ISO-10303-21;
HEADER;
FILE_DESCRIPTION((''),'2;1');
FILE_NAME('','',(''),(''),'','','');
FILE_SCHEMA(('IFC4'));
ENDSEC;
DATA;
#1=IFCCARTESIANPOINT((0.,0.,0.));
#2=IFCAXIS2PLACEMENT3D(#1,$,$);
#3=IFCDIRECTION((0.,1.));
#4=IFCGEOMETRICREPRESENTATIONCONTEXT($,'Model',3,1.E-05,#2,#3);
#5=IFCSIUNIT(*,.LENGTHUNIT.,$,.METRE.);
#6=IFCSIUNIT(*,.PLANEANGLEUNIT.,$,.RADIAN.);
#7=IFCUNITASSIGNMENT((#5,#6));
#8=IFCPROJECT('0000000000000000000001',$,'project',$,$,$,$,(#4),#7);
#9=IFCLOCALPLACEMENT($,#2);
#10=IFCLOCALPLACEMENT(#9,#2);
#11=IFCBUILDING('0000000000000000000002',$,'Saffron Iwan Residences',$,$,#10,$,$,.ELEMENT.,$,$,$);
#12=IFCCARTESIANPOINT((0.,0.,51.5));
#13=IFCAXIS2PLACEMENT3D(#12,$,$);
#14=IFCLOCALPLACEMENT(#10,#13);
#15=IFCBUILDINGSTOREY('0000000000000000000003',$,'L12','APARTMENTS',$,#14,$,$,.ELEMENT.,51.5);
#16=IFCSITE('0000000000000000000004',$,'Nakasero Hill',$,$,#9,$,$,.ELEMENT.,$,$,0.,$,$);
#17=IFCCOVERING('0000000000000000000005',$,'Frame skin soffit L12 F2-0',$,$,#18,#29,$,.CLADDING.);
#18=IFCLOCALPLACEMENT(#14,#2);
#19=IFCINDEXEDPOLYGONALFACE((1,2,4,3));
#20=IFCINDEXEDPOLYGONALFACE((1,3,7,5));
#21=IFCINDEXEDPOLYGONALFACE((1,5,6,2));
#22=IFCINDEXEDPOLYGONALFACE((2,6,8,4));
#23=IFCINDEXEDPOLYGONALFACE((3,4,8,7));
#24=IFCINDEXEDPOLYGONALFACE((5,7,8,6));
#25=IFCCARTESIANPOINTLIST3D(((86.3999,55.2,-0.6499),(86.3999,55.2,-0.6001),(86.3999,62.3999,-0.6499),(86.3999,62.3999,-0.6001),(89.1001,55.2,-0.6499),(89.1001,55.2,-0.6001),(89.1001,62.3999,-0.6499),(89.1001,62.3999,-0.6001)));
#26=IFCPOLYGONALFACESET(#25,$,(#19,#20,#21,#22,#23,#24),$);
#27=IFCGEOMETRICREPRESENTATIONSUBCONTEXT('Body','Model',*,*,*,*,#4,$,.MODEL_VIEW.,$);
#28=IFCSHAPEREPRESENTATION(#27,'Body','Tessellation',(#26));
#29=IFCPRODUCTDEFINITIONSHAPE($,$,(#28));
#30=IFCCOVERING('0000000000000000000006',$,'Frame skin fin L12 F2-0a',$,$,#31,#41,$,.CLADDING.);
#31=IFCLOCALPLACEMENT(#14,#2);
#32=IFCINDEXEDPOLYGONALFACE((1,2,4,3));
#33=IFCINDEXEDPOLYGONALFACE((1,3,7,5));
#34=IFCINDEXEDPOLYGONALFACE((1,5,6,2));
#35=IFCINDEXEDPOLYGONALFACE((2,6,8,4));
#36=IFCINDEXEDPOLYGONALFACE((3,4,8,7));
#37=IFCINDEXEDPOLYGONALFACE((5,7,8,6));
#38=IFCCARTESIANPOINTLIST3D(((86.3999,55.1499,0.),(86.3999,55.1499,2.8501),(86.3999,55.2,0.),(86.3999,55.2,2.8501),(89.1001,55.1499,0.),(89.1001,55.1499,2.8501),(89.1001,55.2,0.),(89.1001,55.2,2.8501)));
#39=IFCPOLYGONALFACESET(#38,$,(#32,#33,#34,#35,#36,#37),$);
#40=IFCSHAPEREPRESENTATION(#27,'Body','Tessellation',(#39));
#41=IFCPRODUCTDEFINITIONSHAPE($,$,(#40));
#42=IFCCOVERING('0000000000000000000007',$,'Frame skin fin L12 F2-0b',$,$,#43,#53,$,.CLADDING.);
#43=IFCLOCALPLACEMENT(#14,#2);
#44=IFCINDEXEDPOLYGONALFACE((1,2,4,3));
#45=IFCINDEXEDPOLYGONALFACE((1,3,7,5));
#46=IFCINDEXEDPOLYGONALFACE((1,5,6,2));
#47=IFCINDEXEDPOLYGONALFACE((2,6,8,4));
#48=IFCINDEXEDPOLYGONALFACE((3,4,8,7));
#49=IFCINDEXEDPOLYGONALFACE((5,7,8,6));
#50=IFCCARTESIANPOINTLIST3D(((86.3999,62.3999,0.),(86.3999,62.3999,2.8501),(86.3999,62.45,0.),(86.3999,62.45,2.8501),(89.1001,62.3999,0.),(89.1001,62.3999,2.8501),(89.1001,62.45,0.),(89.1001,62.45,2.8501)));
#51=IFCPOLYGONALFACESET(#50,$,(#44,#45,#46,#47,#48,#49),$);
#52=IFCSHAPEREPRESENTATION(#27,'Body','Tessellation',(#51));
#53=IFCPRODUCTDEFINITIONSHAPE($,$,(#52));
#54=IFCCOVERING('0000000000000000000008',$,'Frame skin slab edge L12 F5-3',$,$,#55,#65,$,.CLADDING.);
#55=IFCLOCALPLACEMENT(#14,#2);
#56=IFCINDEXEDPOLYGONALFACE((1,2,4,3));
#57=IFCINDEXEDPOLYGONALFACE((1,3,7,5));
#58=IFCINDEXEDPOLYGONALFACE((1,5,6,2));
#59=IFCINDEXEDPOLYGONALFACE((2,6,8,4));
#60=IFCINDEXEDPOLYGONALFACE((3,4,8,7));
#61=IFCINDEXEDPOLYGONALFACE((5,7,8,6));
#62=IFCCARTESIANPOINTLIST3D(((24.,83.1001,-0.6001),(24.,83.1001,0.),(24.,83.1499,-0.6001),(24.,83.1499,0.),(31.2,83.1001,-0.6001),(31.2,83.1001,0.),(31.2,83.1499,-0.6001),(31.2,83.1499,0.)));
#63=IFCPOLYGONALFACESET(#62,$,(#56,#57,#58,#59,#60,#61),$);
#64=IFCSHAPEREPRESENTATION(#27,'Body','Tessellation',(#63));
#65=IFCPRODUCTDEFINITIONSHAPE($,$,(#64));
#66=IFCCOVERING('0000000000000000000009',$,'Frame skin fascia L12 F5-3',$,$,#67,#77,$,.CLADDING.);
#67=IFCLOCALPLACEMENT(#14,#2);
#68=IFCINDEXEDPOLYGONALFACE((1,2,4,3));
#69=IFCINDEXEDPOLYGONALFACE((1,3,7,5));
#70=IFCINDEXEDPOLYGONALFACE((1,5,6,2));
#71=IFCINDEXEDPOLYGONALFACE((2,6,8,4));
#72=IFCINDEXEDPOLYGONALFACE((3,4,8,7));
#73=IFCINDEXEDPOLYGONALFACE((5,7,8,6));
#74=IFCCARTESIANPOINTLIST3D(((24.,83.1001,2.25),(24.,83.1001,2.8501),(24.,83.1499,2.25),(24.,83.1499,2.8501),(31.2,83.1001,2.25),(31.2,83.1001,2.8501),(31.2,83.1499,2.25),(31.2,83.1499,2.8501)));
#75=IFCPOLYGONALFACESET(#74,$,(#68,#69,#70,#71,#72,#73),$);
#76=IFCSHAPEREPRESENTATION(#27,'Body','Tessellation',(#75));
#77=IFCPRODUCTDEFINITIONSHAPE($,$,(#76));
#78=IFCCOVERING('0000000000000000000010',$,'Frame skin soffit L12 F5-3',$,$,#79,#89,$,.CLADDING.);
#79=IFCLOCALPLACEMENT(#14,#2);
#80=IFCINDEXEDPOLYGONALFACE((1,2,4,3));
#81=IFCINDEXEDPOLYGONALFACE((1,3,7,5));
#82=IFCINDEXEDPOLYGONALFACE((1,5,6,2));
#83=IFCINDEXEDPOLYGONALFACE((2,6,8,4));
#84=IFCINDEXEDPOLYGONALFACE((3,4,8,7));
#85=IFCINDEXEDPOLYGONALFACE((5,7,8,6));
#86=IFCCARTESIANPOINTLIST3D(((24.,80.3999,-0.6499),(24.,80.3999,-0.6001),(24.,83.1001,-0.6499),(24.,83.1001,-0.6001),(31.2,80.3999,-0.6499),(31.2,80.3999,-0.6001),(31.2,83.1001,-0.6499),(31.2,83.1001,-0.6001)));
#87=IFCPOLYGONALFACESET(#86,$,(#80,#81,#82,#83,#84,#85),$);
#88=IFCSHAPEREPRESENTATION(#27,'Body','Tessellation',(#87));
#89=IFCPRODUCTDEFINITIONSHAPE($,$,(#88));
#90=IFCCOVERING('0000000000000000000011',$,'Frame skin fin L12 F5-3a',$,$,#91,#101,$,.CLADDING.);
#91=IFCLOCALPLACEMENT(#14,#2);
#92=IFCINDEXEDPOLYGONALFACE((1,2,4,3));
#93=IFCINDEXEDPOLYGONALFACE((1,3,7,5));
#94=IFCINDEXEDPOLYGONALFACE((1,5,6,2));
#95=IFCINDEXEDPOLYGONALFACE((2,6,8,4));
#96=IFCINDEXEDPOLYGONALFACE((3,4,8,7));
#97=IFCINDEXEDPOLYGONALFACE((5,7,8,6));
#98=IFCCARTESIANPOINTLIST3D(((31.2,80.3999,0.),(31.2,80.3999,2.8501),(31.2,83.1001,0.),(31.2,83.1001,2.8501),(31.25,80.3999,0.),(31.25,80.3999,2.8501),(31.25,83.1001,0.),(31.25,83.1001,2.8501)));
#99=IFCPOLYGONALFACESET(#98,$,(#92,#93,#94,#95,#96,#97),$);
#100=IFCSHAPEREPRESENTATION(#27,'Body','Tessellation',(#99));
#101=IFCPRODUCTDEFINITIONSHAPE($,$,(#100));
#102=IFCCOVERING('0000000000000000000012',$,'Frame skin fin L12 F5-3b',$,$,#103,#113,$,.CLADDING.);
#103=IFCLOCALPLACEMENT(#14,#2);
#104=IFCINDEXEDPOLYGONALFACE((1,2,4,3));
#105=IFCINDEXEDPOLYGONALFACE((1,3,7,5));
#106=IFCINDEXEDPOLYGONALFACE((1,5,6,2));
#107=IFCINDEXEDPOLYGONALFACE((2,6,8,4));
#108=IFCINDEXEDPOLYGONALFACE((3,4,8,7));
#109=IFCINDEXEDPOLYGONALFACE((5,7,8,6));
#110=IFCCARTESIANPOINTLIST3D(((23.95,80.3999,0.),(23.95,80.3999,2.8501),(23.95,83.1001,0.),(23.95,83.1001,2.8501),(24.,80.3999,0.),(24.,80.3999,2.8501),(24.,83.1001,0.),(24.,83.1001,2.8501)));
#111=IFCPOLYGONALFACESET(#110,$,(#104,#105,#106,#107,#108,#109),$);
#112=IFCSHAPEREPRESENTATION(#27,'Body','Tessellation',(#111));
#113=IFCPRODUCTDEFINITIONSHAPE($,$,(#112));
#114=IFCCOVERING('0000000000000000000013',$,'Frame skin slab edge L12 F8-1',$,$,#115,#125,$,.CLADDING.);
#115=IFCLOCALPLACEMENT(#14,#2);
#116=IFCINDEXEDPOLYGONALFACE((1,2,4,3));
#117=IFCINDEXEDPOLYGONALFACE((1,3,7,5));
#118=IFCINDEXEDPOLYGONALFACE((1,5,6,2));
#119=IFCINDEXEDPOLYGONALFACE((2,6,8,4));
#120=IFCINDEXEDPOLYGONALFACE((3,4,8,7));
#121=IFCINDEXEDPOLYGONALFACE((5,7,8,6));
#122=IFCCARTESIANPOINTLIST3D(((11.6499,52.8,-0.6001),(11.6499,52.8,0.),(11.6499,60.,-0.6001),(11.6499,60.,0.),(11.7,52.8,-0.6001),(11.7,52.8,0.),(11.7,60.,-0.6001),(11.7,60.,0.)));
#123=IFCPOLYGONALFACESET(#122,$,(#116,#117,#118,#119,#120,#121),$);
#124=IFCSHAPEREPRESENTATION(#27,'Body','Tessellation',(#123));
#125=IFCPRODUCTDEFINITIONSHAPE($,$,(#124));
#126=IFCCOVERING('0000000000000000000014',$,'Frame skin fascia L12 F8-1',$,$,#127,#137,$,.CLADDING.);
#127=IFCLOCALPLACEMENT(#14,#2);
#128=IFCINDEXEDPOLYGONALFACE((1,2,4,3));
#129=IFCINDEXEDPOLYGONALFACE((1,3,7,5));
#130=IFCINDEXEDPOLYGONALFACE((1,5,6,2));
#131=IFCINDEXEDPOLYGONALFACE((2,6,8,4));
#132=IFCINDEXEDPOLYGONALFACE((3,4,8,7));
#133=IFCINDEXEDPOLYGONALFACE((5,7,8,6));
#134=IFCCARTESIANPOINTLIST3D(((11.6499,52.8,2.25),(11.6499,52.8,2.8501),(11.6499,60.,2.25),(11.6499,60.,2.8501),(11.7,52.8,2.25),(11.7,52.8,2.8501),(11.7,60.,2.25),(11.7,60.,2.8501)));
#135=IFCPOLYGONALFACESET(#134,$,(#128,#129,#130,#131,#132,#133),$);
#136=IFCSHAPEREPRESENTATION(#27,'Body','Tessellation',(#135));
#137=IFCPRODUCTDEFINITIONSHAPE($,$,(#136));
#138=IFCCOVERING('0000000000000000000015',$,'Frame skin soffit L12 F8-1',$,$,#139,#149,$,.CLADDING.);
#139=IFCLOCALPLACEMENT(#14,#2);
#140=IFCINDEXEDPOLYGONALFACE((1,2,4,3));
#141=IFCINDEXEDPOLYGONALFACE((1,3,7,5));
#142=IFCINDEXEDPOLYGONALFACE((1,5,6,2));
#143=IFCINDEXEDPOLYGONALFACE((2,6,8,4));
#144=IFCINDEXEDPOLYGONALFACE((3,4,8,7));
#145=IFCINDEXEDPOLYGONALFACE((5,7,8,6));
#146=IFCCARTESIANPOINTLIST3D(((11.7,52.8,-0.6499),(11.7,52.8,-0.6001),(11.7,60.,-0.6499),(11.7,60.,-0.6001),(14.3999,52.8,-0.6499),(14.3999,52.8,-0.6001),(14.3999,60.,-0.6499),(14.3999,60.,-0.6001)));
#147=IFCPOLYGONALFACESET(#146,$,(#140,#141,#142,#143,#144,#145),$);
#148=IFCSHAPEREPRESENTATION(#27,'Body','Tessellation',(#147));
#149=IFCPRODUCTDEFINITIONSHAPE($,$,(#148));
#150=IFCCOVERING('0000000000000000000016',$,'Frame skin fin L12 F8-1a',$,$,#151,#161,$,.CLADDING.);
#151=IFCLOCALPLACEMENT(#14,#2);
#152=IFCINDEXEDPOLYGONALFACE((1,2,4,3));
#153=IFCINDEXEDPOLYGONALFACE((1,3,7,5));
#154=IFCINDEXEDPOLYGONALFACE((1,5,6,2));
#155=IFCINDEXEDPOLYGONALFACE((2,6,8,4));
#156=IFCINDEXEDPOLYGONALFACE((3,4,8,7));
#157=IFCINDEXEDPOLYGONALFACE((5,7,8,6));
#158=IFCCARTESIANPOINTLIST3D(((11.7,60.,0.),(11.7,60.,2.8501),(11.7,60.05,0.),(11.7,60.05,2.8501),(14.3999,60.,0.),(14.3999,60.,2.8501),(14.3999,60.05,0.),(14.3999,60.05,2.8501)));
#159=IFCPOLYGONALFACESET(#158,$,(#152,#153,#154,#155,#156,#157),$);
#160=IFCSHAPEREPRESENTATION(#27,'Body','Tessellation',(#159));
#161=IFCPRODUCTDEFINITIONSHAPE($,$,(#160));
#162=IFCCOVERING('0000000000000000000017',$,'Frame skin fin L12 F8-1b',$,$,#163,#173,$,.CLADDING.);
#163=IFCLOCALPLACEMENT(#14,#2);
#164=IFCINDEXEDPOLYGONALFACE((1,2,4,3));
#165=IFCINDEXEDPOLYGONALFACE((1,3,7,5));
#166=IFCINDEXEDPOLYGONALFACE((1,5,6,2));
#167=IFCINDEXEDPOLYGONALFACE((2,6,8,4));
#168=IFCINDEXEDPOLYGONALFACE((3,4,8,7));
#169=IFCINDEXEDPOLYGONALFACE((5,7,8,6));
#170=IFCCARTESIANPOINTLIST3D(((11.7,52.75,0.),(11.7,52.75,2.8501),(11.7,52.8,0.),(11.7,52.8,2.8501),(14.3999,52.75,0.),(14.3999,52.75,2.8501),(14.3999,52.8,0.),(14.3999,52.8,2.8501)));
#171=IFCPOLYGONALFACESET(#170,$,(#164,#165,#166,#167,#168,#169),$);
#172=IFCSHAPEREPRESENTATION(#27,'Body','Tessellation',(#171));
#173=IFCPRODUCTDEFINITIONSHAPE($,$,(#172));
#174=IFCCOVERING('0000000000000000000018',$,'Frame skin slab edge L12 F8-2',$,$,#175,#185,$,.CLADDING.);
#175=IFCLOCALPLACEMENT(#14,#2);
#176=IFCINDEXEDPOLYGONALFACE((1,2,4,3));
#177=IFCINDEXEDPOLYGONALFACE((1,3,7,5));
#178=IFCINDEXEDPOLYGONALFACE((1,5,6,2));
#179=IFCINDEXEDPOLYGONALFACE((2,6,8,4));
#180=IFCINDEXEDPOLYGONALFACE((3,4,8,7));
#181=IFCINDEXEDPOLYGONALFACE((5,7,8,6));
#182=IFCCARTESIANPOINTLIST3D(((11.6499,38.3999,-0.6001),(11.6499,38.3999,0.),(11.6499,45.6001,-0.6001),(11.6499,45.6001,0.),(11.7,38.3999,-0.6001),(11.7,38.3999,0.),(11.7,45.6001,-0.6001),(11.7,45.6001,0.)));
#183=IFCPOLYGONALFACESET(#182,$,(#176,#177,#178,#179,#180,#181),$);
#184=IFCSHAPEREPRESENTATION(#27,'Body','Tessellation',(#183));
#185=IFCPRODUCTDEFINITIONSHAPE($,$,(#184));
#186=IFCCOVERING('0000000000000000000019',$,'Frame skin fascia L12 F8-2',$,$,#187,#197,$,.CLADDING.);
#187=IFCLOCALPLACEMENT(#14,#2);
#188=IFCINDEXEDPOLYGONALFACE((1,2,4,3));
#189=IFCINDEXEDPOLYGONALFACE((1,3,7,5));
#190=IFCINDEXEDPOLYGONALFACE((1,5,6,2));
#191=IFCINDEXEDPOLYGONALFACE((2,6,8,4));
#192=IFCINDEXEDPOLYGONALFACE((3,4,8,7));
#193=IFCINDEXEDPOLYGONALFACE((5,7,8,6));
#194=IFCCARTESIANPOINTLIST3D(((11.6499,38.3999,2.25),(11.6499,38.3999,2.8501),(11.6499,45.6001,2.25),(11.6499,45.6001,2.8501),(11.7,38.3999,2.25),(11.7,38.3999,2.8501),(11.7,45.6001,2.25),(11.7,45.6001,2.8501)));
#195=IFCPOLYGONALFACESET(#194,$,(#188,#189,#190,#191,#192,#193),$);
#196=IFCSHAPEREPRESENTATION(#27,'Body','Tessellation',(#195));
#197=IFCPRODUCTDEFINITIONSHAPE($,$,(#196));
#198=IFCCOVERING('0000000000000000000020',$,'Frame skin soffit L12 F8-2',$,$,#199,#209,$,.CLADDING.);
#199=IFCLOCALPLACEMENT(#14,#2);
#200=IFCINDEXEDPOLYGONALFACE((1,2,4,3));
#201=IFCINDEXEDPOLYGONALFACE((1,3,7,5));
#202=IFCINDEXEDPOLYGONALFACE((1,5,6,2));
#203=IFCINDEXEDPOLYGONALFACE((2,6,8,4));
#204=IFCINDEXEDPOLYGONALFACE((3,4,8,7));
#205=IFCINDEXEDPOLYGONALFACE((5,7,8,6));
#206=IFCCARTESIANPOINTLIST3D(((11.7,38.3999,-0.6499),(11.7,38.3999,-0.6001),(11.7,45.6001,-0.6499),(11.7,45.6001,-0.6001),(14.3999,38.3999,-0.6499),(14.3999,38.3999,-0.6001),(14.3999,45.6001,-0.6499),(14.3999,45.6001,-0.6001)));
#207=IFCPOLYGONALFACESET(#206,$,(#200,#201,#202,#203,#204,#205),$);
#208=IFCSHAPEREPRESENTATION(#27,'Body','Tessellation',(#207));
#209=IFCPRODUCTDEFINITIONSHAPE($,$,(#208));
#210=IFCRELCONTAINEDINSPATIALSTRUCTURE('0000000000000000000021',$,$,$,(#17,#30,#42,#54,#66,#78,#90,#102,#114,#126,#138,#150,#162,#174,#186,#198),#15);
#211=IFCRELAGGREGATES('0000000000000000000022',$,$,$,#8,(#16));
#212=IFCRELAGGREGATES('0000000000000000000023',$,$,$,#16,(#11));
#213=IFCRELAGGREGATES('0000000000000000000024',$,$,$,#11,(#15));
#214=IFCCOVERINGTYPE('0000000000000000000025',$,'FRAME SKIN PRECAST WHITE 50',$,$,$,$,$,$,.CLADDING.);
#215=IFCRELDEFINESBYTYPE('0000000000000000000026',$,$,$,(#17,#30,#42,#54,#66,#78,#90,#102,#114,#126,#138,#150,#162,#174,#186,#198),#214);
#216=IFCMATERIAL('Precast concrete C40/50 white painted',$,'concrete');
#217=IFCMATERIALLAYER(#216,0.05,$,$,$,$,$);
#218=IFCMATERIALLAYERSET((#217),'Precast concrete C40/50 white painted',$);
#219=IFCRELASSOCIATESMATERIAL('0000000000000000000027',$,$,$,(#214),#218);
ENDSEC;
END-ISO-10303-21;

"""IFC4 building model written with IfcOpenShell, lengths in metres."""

from ifc_helpers import new_model, si_unit, direction, frame, origin, place, context, subcontext, project, spatial, polyline, outline, extrude, material, layer, layer_set, type_object, element, save


model = new_model("IFC4")

# Units and contexts
model_context = context("Model", 3, precision=1e-05, world=origin(), true_north=direction((0.0, 1.0)))
body_context = subcontext(model_context, "Body", "Model", "MODEL_VIEW")
ifc_project = project(units=[si_unit("LENGTHUNIT", "METRE"), si_unit("PLANEANGLEUNIT", "RADIAN")], contexts=[model_context])

# Site, building, storey
site_placement = place(None, origin())
site = spatial("IfcSite", under=ifc_project, at=site_placement, Name="Nakasero Hill", CompositionType="ELEMENT", RefElevation=0.0)
building_placement = place(site_placement, origin())
building = spatial("IfcBuilding", under=site, at=building_placement, Name="Saffron Iwan Residences", CompositionType="ELEMENT")
storey_placement = place(building_placement, frame((0.0, 0.0, 51.5)))
storey = spatial("IfcBuildingStorey", under=building, at=storey_placement, Name="L12", Description="APARTMENTS", CompositionType="ELEMENT", Elevation=51.5)

# Coverings
ifc_material_1 = material(Name="Precast concrete C40/50 white painted", Category="concrete")
ifc_layer_1 = layer(ifc_material_1, 0.05)
ifc_layer_set_1 = layer_set([ifc_layer_1], Name="Precast concrete C40/50 white painted")
covering_type_1 = type_object("IfcCoveringType", Name="FRAME SKIN PRECAST WHITE 50", PredefinedType="CLADDING", material=ifc_layer_set_1)
covering_1_placement = place(storey_placement, frame((0.0, 0.0, -0.6499)))
element("IfcCovering", 1, at=covering_1_placement, inside=storey, type_object=covering_type_1, Name="Frame skin soffit L12 F2-0", PredefinedType="CLADDING", context=body_context, shape_type="SweptSolid", body=[
    extrude(outline(polyline([(89.1001, 55.2), (89.1001, 62.3999), (86.3999, 62.3999), (86.3999, 55.2), (89.1001, 55.2)])), origin(), (0.0, 0.0, 1.0), 0.0498),
])
covering_2_placement = place(storey_placement, origin())
element("IfcCovering", 2, at=covering_2_placement, inside=storey, type_object=covering_type_1, Name="Frame skin fin L12 F2-0a", PredefinedType="CLADDING", context=body_context, shape_type="SweptSolid", body=[
    extrude(outline(polyline([(89.1001, 55.1499), (89.1001, 55.2), (86.3999, 55.2), (86.3999, 55.1499), (89.1001, 55.1499)])), origin(), (0.0, 0.0, 1.0), 2.8501),
])
covering_3_placement = place(storey_placement, origin())
element("IfcCovering", 3, at=covering_3_placement, inside=storey, type_object=covering_type_1, Name="Frame skin fin L12 F2-0b", PredefinedType="CLADDING", context=body_context, shape_type="SweptSolid", body=[
    extrude(outline(polyline([(89.1001, 62.3999), (89.1001, 62.45), (86.3999, 62.45), (86.3999, 62.3999), (89.1001, 62.3999)])), origin(), (0.0, 0.0, 1.0), 2.8501),
])
for number, where, name in (
    (4, (0.0, 0.0, -0.6001), "Frame skin slab edge L12 F5-3"),
    (5, (0.0, 0.0, 2.25), "Frame skin fascia L12 F5-3"),
):
    element("IfcCovering", number, at=place(storey_placement, frame(where)), inside=storey, type_object=covering_type_1, Name=name, PredefinedType="CLADDING", context=body_context, shape_type="SweptSolid", body=[
        extrude(outline(polyline([(31.2, 83.1499), (24.0, 83.1499), (24.0, 83.1001), (31.2, 83.1001), (31.2, 83.1499)])), origin(), (0.0, 0.0, 1.0), 0.6001),
    ])
covering_4_placement = place(storey_placement, frame((0.0, 0.0, -0.6499)))
element("IfcCovering", 6, at=covering_4_placement, inside=storey, type_object=covering_type_1, Name="Frame skin soffit L12 F5-3", PredefinedType="CLADDING", context=body_context, shape_type="SweptSolid", body=[
    extrude(outline(polyline([(31.2, 83.1001), (24.0, 83.1001), (24.0, 80.3999), (31.2, 80.3999), (31.2, 83.1001)])), origin(), (0.0, 0.0, 1.0), 0.0498),
])
covering_5_placement = place(storey_placement, origin())
element("IfcCovering", 7, at=covering_5_placement, inside=storey, type_object=covering_type_1, Name="Frame skin fin L12 F5-3a", PredefinedType="CLADDING", context=body_context, shape_type="SweptSolid", body=[
    extrude(outline(polyline([(31.25, 83.1001), (31.2, 83.1001), (31.2, 80.3999), (31.25, 80.3999), (31.25, 83.1001)])), origin(), (0.0, 0.0, 1.0), 2.8501),
])
covering_6_placement = place(storey_placement, origin())
element("IfcCovering", 8, at=covering_6_placement, inside=storey, type_object=covering_type_1, Name="Frame skin fin L12 F5-3b", PredefinedType="CLADDING", context=body_context, shape_type="SweptSolid", body=[
    extrude(outline(polyline([(24.0, 83.1001), (23.95, 83.1001), (23.95, 80.3999), (24.0, 80.3999), (24.0, 83.1001)])), origin(), (0.0, 0.0, 1.0), 2.8501),
])
for number, where, name in (
    (9, (0.0, 0.0, -0.6001), "Frame skin slab edge L12 F8-1"),
    (10, (0.0, 0.0, 2.25), "Frame skin fascia L12 F8-1"),
):
    element("IfcCovering", number, at=place(storey_placement, frame(where)), inside=storey, type_object=covering_type_1, Name=name, PredefinedType="CLADDING", context=body_context, shape_type="SweptSolid", body=[
        extrude(outline(polyline([(11.6499, 60.0), (11.6499, 52.8), (11.7, 52.8), (11.7, 60.0), (11.6499, 60.0)])), origin(), (0.0, 0.0, 1.0), 0.6001),
    ])
covering_7_placement = place(storey_placement, frame((0.0, 0.0, -0.6499)))
element("IfcCovering", 11, at=covering_7_placement, inside=storey, type_object=covering_type_1, Name="Frame skin soffit L12 F8-1", PredefinedType="CLADDING", context=body_context, shape_type="SweptSolid", body=[
    extrude(outline(polyline([(11.7, 60.0), (11.7, 52.8), (14.3999, 52.8), (14.3999, 60.0), (11.7, 60.0)])), origin(), (0.0, 0.0, 1.0), 0.0498),
])
covering_8_placement = place(storey_placement, origin())
element("IfcCovering", 12, at=covering_8_placement, inside=storey, type_object=covering_type_1, Name="Frame skin fin L12 F8-1a", PredefinedType="CLADDING", context=body_context, shape_type="SweptSolid", body=[
    extrude(outline(polyline([(11.7, 60.05), (11.7, 60.0), (14.3999, 60.0), (14.3999, 60.05), (11.7, 60.05)])), origin(), (0.0, 0.0, 1.0), 2.8501),
])
covering_9_placement = place(storey_placement, origin())
element("IfcCovering", 13, at=covering_9_placement, inside=storey, type_object=covering_type_1, Name="Frame skin fin L12 F8-1b", PredefinedType="CLADDING", context=body_context, shape_type="SweptSolid", body=[
    extrude(outline(polyline([(11.7, 52.8), (11.7, 52.75), (14.3999, 52.75), (14.3999, 52.8), (11.7, 52.8)])), origin(), (0.0, 0.0, 1.0), 2.8501),
])
for number, where, name in (
    (14, (0.0, 0.0, -0.6001), "Frame skin slab edge L12 F8-2"),
    (15, (0.0, 0.0, 2.25), "Frame skin fascia L12 F8-2"),
):
    element("IfcCovering", number, at=place(storey_placement, frame(where)), inside=storey, type_object=covering_type_1, Name=name, PredefinedType="CLADDING", context=body_context, shape_type="SweptSolid", body=[
        extrude(outline(polyline([(11.6499, 45.6001), (11.6499, 38.3999), (11.7, 38.3999), (11.7, 45.6001), (11.6499, 45.6001)])), origin(), (0.0, 0.0, 1.0), 0.6001),
    ])
covering_10_placement = place(storey_placement, frame((0.0, 0.0, -0.6499)))
element("IfcCovering", 16, at=covering_10_placement, inside=storey, type_object=covering_type_1, Name="Frame skin soffit L12 F8-2", PredefinedType="CLADDING", context=body_context, shape_type="SweptSolid", body=[
    extrude(outline(polyline([(11.7, 45.6001), (11.7, 38.3999), (14.3999, 38.3999), (14.3999, 45.6001), (11.7, 45.6001)])), origin(), (0.0, 0.0, 1.0), 0.0498),
])

save(model, "model.ifc")
